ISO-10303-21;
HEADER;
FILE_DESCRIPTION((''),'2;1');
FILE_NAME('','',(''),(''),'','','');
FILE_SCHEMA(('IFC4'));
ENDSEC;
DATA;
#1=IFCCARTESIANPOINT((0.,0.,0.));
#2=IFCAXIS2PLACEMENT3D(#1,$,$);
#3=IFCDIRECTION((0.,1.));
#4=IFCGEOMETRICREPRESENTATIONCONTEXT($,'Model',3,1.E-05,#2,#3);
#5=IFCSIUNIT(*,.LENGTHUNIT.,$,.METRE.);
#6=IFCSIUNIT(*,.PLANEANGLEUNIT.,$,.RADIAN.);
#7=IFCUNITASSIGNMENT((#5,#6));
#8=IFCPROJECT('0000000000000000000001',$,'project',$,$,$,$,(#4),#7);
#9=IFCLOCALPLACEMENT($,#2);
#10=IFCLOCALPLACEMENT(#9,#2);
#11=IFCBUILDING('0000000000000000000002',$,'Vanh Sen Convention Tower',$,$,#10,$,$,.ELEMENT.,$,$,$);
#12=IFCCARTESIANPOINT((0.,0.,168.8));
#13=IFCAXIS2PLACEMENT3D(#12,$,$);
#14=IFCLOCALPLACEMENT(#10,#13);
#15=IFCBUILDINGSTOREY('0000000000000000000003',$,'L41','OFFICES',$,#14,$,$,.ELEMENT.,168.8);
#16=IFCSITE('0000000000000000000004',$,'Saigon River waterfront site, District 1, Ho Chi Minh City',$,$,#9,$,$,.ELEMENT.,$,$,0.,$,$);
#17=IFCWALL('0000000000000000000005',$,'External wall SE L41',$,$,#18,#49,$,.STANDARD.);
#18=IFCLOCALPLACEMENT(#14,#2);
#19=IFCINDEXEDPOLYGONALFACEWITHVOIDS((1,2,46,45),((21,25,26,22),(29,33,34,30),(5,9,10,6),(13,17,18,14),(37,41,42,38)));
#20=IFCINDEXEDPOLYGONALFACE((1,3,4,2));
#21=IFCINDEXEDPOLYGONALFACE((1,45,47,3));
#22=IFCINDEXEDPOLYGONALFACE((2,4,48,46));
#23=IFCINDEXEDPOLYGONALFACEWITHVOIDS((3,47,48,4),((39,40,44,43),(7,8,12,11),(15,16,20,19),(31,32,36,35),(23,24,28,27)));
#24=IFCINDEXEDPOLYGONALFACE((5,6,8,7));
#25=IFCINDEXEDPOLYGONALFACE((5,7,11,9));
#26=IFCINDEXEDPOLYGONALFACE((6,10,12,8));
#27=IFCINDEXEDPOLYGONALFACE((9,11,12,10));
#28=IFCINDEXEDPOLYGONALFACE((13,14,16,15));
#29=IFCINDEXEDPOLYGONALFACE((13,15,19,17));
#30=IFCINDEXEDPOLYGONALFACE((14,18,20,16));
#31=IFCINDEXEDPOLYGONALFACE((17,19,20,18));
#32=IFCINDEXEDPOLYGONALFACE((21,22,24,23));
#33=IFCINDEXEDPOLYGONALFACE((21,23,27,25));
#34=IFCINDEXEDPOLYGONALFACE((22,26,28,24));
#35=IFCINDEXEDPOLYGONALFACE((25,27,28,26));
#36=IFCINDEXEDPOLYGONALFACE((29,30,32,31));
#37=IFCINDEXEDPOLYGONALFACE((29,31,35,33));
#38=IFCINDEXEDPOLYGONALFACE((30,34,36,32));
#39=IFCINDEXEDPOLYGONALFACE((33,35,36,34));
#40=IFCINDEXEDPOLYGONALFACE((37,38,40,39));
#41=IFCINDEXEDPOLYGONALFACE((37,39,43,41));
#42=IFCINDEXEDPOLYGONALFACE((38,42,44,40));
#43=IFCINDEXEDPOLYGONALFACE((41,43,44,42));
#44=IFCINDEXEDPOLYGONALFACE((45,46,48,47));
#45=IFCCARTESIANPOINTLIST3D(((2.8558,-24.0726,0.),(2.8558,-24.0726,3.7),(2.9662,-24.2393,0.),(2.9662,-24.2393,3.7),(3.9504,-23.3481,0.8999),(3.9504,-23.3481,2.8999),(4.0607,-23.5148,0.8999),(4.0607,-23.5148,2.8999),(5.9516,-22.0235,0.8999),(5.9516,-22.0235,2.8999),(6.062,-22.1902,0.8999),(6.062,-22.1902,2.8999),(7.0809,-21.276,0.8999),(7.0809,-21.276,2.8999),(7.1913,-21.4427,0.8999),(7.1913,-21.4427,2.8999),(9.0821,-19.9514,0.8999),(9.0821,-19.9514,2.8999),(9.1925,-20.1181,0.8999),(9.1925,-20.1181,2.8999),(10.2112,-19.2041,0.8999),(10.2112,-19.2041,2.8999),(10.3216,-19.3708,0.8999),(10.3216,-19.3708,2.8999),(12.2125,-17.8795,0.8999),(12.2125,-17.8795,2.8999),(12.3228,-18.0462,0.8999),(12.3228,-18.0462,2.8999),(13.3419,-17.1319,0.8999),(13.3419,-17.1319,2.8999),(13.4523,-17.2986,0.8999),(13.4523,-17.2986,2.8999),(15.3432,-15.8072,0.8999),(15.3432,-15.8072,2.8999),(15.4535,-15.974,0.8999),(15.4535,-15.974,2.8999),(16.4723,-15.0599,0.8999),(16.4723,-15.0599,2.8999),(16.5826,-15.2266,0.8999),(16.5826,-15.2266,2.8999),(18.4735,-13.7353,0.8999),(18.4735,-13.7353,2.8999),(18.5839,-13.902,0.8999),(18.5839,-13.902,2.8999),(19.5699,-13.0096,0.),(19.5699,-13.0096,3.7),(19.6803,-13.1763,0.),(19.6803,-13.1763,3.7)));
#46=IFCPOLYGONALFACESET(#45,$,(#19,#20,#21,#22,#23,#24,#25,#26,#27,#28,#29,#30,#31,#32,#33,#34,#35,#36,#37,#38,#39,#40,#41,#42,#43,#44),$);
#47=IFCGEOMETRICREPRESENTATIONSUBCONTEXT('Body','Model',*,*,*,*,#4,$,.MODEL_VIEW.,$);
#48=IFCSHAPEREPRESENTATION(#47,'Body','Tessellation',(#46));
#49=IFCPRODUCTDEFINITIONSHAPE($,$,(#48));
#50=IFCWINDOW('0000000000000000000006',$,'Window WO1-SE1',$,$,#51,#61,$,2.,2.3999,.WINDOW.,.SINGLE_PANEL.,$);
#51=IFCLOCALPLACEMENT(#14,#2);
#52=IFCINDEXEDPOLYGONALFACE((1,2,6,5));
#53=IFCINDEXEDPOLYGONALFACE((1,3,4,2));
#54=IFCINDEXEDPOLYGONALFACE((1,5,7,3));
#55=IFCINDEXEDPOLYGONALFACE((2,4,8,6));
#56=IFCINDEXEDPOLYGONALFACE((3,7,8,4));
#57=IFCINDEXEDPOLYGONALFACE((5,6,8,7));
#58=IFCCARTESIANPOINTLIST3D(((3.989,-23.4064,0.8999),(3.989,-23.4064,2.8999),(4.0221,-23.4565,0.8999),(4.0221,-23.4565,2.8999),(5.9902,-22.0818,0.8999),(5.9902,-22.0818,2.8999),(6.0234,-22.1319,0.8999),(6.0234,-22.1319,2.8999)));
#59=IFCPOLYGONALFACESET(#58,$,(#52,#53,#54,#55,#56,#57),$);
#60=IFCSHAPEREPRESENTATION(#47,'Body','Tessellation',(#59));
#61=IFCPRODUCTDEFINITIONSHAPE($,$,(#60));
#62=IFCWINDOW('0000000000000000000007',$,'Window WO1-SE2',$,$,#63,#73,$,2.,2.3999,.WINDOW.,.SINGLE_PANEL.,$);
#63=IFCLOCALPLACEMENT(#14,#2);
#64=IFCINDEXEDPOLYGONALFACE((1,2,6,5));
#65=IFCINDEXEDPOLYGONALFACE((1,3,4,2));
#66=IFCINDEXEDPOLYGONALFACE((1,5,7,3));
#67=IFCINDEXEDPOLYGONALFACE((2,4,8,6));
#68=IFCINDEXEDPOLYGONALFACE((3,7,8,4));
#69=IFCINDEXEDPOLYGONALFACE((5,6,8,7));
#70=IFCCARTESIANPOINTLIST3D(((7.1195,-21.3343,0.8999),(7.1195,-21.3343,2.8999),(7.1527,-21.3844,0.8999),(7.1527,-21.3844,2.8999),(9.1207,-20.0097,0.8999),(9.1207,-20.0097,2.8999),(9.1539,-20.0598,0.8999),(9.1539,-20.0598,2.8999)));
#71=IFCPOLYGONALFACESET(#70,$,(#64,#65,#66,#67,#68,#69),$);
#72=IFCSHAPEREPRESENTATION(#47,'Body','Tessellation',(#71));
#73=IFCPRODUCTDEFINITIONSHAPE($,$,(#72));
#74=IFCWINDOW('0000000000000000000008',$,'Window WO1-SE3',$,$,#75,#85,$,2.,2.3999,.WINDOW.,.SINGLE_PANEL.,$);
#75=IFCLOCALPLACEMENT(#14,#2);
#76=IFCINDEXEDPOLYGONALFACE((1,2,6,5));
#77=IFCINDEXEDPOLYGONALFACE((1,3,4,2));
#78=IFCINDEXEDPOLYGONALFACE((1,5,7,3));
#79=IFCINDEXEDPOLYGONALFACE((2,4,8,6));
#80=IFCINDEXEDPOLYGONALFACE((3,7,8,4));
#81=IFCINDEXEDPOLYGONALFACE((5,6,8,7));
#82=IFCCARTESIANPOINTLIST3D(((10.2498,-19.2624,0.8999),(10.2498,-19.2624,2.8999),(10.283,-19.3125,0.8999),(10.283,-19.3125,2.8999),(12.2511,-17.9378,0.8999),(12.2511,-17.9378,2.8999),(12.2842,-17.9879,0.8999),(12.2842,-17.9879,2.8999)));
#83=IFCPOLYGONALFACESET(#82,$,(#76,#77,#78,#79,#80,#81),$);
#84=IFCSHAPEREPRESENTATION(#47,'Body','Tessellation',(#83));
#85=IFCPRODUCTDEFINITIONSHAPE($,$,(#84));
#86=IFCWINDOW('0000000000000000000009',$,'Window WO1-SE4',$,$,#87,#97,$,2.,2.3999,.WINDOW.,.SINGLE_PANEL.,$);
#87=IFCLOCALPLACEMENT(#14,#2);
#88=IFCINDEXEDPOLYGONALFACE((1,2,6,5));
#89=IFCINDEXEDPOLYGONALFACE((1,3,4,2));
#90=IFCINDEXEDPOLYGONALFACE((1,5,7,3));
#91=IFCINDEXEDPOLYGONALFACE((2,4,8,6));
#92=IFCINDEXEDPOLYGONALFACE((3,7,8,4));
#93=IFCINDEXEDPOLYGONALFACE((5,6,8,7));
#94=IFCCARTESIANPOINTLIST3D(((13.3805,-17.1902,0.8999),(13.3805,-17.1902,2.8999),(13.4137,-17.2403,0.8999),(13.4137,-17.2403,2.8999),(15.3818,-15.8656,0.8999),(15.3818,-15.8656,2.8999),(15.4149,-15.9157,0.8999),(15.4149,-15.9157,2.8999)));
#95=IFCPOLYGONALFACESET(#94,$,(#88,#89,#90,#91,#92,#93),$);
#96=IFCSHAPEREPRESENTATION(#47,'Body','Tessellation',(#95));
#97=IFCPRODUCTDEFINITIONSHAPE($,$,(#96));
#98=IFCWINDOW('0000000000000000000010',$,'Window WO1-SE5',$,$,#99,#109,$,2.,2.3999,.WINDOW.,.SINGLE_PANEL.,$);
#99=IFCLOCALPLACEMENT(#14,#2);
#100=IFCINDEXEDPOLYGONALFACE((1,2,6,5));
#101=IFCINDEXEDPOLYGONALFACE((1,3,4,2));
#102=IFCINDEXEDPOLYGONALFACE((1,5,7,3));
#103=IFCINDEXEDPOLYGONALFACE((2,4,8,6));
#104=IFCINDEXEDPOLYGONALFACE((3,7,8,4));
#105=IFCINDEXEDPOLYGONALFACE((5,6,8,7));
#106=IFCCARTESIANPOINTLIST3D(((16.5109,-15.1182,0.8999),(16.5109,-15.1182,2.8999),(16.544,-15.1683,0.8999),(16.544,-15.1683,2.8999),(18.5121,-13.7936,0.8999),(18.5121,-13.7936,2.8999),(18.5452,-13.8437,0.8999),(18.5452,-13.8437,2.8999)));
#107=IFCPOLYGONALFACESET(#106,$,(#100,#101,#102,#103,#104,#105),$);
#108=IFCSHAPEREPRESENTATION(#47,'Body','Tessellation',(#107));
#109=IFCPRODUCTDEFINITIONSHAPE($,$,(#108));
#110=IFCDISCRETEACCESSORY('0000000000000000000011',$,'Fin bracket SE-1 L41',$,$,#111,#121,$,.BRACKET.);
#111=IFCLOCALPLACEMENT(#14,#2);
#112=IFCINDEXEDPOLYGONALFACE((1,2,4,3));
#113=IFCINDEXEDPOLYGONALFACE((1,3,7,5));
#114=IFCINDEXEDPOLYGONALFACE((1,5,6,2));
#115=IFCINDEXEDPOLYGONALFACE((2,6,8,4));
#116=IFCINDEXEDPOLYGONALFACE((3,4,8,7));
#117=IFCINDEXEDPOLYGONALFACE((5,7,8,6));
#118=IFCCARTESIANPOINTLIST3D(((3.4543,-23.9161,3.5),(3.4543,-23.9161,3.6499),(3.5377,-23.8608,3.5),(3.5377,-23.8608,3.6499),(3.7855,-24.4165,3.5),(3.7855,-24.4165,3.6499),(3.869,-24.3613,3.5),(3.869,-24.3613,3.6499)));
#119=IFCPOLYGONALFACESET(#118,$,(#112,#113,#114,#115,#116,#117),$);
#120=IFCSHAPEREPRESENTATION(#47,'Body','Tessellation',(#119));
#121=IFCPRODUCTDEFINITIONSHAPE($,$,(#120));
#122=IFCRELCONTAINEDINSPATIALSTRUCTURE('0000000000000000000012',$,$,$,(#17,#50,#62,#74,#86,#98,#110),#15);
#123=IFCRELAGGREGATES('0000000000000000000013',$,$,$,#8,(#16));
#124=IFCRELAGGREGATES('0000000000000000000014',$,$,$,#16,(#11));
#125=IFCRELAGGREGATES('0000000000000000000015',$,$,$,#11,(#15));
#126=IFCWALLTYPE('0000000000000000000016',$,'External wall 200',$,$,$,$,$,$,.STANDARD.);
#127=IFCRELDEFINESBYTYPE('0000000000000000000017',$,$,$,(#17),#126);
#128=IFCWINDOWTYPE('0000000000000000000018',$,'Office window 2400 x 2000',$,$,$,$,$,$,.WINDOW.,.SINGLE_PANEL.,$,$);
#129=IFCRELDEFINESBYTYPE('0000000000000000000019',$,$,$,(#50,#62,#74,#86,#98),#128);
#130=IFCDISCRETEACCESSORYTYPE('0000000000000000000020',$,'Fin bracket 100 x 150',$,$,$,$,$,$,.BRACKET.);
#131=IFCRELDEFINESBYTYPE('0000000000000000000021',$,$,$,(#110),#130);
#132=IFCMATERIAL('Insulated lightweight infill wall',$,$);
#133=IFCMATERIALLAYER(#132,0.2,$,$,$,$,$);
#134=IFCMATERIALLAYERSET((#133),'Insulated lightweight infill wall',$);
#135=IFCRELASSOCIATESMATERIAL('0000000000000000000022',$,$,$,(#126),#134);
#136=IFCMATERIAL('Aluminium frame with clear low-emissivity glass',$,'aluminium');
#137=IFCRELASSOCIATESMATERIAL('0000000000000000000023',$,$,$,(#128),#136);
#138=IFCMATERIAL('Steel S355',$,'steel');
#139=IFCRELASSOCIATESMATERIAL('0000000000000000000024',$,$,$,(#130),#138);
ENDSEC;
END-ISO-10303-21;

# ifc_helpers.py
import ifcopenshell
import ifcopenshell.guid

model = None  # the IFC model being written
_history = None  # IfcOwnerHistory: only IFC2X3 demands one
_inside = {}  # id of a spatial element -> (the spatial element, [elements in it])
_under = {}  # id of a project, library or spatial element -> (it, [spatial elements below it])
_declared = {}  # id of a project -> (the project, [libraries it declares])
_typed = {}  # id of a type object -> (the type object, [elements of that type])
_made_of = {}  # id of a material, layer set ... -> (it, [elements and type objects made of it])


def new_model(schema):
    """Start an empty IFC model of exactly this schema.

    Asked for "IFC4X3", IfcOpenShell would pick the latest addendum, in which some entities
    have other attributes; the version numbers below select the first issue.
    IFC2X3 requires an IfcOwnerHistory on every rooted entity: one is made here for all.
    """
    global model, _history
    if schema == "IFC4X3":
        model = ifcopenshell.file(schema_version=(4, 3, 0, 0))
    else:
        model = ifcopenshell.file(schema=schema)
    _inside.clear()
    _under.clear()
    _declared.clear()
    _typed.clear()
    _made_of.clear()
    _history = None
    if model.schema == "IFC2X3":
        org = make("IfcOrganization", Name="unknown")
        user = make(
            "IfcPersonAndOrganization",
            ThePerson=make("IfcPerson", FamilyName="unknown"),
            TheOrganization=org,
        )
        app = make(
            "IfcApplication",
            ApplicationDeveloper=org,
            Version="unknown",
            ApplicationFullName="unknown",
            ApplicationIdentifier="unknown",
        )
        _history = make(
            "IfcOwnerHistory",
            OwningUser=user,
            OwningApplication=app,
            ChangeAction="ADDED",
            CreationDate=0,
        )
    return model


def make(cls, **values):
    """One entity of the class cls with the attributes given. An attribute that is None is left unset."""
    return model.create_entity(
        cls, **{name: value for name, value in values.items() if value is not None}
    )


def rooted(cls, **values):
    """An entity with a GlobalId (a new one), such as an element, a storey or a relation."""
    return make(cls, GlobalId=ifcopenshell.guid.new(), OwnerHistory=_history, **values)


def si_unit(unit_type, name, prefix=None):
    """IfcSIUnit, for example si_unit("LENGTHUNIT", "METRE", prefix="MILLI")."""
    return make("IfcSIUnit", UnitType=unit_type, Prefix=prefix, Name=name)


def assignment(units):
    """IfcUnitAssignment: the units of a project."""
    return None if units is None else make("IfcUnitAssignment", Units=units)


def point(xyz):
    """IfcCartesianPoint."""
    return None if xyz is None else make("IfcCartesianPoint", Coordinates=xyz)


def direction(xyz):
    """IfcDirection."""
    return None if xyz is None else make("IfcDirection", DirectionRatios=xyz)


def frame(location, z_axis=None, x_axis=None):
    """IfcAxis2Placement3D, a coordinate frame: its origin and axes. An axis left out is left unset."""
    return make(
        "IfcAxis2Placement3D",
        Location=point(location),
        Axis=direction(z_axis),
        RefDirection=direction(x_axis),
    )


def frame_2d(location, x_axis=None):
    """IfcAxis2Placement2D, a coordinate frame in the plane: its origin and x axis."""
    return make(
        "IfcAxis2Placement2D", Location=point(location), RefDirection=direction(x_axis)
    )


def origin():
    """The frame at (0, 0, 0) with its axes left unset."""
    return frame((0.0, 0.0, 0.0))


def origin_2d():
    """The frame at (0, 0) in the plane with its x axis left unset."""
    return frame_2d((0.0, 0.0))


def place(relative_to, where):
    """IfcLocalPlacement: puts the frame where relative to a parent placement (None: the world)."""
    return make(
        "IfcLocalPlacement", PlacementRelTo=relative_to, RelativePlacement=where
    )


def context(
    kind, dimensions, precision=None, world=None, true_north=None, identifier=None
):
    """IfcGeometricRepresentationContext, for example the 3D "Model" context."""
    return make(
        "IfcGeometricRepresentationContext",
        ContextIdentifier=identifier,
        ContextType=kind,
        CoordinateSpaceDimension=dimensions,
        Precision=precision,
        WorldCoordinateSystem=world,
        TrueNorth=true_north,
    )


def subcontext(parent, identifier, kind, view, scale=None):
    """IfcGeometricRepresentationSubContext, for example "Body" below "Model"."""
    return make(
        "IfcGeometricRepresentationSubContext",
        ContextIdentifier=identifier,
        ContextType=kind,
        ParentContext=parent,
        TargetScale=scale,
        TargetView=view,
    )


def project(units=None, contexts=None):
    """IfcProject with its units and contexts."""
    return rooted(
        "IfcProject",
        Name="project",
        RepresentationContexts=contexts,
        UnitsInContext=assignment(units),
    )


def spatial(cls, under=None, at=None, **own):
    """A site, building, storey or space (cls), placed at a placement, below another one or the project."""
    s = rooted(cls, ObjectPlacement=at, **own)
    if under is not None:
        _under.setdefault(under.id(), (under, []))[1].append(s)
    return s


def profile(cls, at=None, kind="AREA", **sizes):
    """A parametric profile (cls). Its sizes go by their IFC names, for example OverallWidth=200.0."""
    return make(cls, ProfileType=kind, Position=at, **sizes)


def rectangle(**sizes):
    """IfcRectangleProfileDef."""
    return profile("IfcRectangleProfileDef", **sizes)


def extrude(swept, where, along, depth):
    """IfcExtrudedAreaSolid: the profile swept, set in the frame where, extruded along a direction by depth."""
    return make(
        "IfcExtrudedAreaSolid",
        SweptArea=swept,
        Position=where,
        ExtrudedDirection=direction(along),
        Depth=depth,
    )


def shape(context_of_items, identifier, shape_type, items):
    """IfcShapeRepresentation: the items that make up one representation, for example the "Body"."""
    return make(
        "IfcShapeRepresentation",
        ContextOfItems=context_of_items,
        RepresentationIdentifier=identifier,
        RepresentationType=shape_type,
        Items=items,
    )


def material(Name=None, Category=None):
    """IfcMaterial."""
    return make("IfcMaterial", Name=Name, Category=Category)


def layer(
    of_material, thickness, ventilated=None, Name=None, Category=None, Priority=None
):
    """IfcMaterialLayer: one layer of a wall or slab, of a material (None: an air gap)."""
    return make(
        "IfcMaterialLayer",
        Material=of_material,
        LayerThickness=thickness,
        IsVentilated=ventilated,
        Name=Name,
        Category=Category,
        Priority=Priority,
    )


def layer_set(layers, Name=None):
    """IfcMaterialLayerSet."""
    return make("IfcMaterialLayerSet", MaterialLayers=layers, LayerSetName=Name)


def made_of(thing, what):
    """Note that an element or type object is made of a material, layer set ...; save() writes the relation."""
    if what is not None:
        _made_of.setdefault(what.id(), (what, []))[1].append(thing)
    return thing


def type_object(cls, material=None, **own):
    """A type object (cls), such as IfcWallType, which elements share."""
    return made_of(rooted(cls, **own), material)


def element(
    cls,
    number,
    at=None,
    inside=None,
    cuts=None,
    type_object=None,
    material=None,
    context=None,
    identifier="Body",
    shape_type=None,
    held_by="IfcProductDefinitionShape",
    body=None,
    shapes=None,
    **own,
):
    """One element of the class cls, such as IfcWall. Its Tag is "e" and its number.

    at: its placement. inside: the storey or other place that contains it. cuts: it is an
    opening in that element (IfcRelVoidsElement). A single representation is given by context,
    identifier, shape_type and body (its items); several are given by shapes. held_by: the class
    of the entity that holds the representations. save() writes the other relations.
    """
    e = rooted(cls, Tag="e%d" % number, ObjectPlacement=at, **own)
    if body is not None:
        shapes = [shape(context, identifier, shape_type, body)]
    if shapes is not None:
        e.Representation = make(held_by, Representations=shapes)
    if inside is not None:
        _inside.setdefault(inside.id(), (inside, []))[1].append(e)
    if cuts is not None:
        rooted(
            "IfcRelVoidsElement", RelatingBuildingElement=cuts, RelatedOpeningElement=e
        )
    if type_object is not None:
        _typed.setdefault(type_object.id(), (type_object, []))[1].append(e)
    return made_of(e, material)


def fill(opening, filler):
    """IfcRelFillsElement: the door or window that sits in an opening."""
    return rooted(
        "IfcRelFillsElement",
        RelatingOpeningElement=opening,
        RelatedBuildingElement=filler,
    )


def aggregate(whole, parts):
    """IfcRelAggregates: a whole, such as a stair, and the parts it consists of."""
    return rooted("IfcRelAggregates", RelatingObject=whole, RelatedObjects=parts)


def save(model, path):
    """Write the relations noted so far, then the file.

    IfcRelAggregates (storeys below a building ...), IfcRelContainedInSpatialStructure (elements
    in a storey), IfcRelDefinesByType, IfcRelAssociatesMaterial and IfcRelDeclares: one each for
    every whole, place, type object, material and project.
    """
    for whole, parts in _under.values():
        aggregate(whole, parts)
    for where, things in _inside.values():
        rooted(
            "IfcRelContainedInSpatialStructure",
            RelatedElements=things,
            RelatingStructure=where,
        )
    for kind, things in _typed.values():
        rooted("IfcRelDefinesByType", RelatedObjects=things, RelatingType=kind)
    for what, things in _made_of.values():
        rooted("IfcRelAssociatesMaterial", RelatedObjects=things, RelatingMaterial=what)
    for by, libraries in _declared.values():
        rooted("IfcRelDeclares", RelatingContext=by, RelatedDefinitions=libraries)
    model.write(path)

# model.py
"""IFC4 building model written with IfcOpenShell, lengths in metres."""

from ifc_helpers import new_model, si_unit, direction, frame, frame_2d, origin, origin_2d, place, context, subcontext, project, spatial, rectangle, extrude, material, layer, layer_set, type_object, element, fill, save


model = new_model("IFC4")

# Units and contexts
model_context = context("Model", 3, precision=1e-05, world=origin(), true_north=direction((0.0, 1.0)))
body_context = subcontext(model_context, "Body", "Model", "MODEL_VIEW")
ifc_project = project(units=[si_unit("LENGTHUNIT", "METRE"), si_unit("PLANEANGLEUNIT", "RADIAN")], contexts=[model_context])

# Site, building, storey
site_placement = place(None, origin())
site = spatial("IfcSite", under=ifc_project, at=site_placement, Name="Saigon River waterfront site, District 1, Ho Chi Minh City", CompositionType="ELEMENT", RefElevation=0.0)
building_placement = place(site_placement, origin())
building = spatial("IfcBuilding", under=site, at=building_placement, Name="Vanh Sen Convention Tower", CompositionType="ELEMENT")
storey_placement = place(building_placement, frame((0.0, 0.0, 168.8)))
storey = spatial("IfcBuildingStorey", under=building, at=storey_placement, Name="L41", Description="OFFICES", CompositionType="ELEMENT", Elevation=168.8)

# Wall, openings, windows
ifc_material_1 = material(Name="Insulated lightweight infill wall")
ifc_layer_1 = layer(ifc_material_1, 0.2)
ifc_layer_set_1 = layer_set([ifc_layer_1], Name="Insulated lightweight infill wall")
wall_type_1 = type_object("IfcWallType", Name="External wall 200", PredefinedType="STANDARD", material=ifc_layer_set_1)
wall_1_placement = place(storey_placement, frame((2.9109, -24.156, 0.0), z_axis=(0.0, 0.0, 1.0), x_axis=(0.833882, 0.551943, 0.0)))
wall_1 = element("IfcWall", 1, at=wall_1_placement, inside=storey, type_object=wall_type_1, Name="External wall SE L41", PredefinedType="STANDARD", context=body_context, shape_type="SweptSolid", body=[
    extrude(rectangle(XDim=20.0437, YDim=0.2, at=frame_2d((10.022, 0.0))), origin(), (0.0, 0.0, 1.0), 3.7),
])
opening_1_placement = place(wall_1_placement, frame((1.3127, 0.0, 0.8999)))
opening_1 = element("IfcOpeningElement", 2, at=opening_1_placement, cuts=wall_1, PredefinedType="OPENING", context=body_context, shape_type="SweptSolid", body=[
    extrude(rectangle(XDim=2.3999, YDim=2.0, at=frame_2d((1.2, 1.0))), frame((0.0, 0.1099, 0.0), z_axis=(0.0, -1.0, 0.0), x_axis=(1.0, 0.0, 0.0)), (0.0, 0.0, 1.0), 0.22),
])
opening_2_placement = place(wall_1_placement, frame((5.0669, 0.0, 0.8999)))
opening_2 = element("IfcOpeningElement", 3, at=opening_2_placement, cuts=wall_1, PredefinedType="OPENING", context=body_context, shape_type="SweptSolid", body=[
    extrude(rectangle(XDim=2.3999, YDim=2.0, at=frame_2d((1.2, 1.0))), frame((0.0, 0.1099, 0.0), z_axis=(0.0, -1.0, 0.0), x_axis=(1.0, 0.0, 0.0)), (0.0, 0.0, 1.0), 0.22),
])
opening_3_placement = place(wall_1_placement, frame((8.8208, 0.0, 0.8999)))
opening_3 = element("IfcOpeningElement", 4, at=opening_3_placement, cuts=wall_1, PredefinedType="OPENING", context=body_context, shape_type="SweptSolid", body=[
    extrude(rectangle(XDim=2.3999, YDim=2.0, at=frame_2d((1.2, 1.0))), frame((0.0, 0.1099, 0.0), z_axis=(0.0, -1.0, 0.0), x_axis=(1.0, 0.0, 0.0)), (0.0, 0.0, 1.0), 0.22),
])
opening_4_placement = place(wall_1_placement, frame((12.5752, 0.0, 0.8999)))
opening_4 = element("IfcOpeningElement", 5, at=opening_4_placement, cuts=wall_1, PredefinedType="OPENING", context=body_context, shape_type="SweptSolid", body=[
    extrude(rectangle(XDim=2.3999, YDim=2.0, at=frame_2d((1.2, 1.0))), frame((0.0, 0.1099, 0.0), z_axis=(0.0, -1.0, 0.0), x_axis=(1.0, 0.0, 0.0)), (0.0, 0.0, 1.0), 0.22),
])
opening_5_placement = place(wall_1_placement, frame((16.3291, 0.0, 0.8999)))
opening_5 = element("IfcOpeningElement", 6, at=opening_5_placement, cuts=wall_1, PredefinedType="OPENING", context=body_context, shape_type="SweptSolid", body=[
    extrude(rectangle(XDim=2.3999, YDim=2.0, at=frame_2d((1.2, 1.0))), frame((0.0, 0.1099, 0.0), z_axis=(0.0, -1.0, 0.0), x_axis=(1.0, 0.0, 0.0)), (0.0, 0.0, 1.0), 0.22),
])
ifc_material_2 = material(Name="Aluminium frame with clear low-emissivity glass", Category="aluminium")
window_type = type_object("IfcWindowType", Name="Office window 2400 x 2000", PartitioningType="SINGLE_PANEL", PredefinedType="WINDOW", material=ifc_material_2)
window_1_placement = place(opening_1_placement, origin())
window_1 = element("IfcWindow", 7, at=window_1_placement, inside=storey, type_object=window_type, Name="Window WO1-SE1", OverallHeight=2.0, OverallWidth=2.3999, PartitioningType="SINGLE_PANEL", PredefinedType="WINDOW", context=body_context, shape_type="SweptSolid", body=[
    extrude(rectangle(XDim=2.3999, YDim=2.0, at=frame_2d((1.2, 1.0))), frame((0.0, 0.03, 0.0), z_axis=(0.0, -1.0, 0.0), x_axis=(1.0, 0.0, 0.0)), (0.0, 0.0, 1.0), 0.0601),
])
fill(opening_1, window_1)
window_2_placement = place(opening_2_placement, origin())
window_2 = element("IfcWindow", 8, at=window_2_placement, inside=storey, type_object=window_type, Name="Window WO1-SE2", OverallHeight=2.0, OverallWidth=2.3999, PartitioningType="SINGLE_PANEL", PredefinedType="WINDOW", context=body_context, shape_type="SweptSolid", body=[
    extrude(rectangle(XDim=2.3999, YDim=2.0, at=frame_2d((1.2, 1.0))), frame((0.0, 0.03, 0.0), z_axis=(0.0, -1.0, 0.0), x_axis=(1.0, 0.0, 0.0)), (0.0, 0.0, 1.0), 0.0601),
])
fill(opening_2, window_2)
window_3_placement = place(opening_3_placement, origin())
window_3 = element("IfcWindow", 9, at=window_3_placement, inside=storey, type_object=window_type, Name="Window WO1-SE3", OverallHeight=2.0, OverallWidth=2.3999, PartitioningType="SINGLE_PANEL", PredefinedType="WINDOW", context=body_context, shape_type="SweptSolid", body=[
    extrude(rectangle(XDim=2.3999, YDim=2.0, at=frame_2d((1.2, 1.0))), frame((0.0, 0.03, 0.0), z_axis=(0.0, -1.0, 0.0), x_axis=(1.0, 0.0, 0.0)), (0.0, 0.0, 1.0), 0.0601),
])
fill(opening_3, window_3)
window_4_placement = place(opening_4_placement, origin())
window_4 = element("IfcWindow", 10, at=window_4_placement, inside=storey, type_object=window_type, Name="Window WO1-SE4", OverallHeight=2.0, OverallWidth=2.3999, PartitioningType="SINGLE_PANEL", PredefinedType="WINDOW", context=body_context, shape_type="SweptSolid", body=[
    extrude(rectangle(XDim=2.3999, YDim=2.0, at=frame_2d((1.2, 1.0))), frame((0.0, 0.03, 0.0), z_axis=(0.0, -1.0, 0.0), x_axis=(1.0, 0.0, 0.0)), (0.0, 0.0, 1.0), 0.0601),
])
fill(opening_4, window_4)
window_5_placement = place(opening_5_placement, origin())
window_5 = element("IfcWindow", 11, at=window_5_placement, inside=storey, type_object=window_type, Name="Window WO1-SE5", OverallHeight=2.0, OverallWidth=2.3999, PartitioningType="SINGLE_PANEL", PredefinedType="WINDOW", context=body_context, shape_type="SweptSolid", body=[
    extrude(rectangle(XDim=2.3999, YDim=2.0, at=frame_2d((1.2, 1.0))), frame((0.0, 0.03, 0.0), z_axis=(0.0, -1.0, 0.0), x_axis=(1.0, 0.0, 0.0)), (0.0, 0.0, 1.0), 0.0601),
])
fill(opening_5, window_5)

# Discrete accessory
ifc_material_3 = material(Name="Steel S355", Category="steel")
discrete_accessory_type = type_object("IfcDiscreteAccessoryType", Name="Fin bracket 100 x 150", PredefinedType="BRACKET", material=ifc_material_3)
discrete_accessory_placement = place(storey_placement, frame((3.6616, -24.1387, 3.5), z_axis=(0.0, 0.0, 1.0), x_axis=(0.551937, -0.833886, 0.0)))
element("IfcDiscreteAccessory", 12, at=discrete_accessory_placement, inside=storey, type_object=discrete_accessory_type, Name="Fin bracket SE-1 L41", PredefinedType="BRACKET", context=body_context, shape_type="SweptSolid", body=[
    extrude(rectangle(XDim=0.6001, YDim=0.1001, at=origin_2d()), origin(), (0.0, 0.0, 1.0), 0.1499),
])

save(model, "model.ifc")
